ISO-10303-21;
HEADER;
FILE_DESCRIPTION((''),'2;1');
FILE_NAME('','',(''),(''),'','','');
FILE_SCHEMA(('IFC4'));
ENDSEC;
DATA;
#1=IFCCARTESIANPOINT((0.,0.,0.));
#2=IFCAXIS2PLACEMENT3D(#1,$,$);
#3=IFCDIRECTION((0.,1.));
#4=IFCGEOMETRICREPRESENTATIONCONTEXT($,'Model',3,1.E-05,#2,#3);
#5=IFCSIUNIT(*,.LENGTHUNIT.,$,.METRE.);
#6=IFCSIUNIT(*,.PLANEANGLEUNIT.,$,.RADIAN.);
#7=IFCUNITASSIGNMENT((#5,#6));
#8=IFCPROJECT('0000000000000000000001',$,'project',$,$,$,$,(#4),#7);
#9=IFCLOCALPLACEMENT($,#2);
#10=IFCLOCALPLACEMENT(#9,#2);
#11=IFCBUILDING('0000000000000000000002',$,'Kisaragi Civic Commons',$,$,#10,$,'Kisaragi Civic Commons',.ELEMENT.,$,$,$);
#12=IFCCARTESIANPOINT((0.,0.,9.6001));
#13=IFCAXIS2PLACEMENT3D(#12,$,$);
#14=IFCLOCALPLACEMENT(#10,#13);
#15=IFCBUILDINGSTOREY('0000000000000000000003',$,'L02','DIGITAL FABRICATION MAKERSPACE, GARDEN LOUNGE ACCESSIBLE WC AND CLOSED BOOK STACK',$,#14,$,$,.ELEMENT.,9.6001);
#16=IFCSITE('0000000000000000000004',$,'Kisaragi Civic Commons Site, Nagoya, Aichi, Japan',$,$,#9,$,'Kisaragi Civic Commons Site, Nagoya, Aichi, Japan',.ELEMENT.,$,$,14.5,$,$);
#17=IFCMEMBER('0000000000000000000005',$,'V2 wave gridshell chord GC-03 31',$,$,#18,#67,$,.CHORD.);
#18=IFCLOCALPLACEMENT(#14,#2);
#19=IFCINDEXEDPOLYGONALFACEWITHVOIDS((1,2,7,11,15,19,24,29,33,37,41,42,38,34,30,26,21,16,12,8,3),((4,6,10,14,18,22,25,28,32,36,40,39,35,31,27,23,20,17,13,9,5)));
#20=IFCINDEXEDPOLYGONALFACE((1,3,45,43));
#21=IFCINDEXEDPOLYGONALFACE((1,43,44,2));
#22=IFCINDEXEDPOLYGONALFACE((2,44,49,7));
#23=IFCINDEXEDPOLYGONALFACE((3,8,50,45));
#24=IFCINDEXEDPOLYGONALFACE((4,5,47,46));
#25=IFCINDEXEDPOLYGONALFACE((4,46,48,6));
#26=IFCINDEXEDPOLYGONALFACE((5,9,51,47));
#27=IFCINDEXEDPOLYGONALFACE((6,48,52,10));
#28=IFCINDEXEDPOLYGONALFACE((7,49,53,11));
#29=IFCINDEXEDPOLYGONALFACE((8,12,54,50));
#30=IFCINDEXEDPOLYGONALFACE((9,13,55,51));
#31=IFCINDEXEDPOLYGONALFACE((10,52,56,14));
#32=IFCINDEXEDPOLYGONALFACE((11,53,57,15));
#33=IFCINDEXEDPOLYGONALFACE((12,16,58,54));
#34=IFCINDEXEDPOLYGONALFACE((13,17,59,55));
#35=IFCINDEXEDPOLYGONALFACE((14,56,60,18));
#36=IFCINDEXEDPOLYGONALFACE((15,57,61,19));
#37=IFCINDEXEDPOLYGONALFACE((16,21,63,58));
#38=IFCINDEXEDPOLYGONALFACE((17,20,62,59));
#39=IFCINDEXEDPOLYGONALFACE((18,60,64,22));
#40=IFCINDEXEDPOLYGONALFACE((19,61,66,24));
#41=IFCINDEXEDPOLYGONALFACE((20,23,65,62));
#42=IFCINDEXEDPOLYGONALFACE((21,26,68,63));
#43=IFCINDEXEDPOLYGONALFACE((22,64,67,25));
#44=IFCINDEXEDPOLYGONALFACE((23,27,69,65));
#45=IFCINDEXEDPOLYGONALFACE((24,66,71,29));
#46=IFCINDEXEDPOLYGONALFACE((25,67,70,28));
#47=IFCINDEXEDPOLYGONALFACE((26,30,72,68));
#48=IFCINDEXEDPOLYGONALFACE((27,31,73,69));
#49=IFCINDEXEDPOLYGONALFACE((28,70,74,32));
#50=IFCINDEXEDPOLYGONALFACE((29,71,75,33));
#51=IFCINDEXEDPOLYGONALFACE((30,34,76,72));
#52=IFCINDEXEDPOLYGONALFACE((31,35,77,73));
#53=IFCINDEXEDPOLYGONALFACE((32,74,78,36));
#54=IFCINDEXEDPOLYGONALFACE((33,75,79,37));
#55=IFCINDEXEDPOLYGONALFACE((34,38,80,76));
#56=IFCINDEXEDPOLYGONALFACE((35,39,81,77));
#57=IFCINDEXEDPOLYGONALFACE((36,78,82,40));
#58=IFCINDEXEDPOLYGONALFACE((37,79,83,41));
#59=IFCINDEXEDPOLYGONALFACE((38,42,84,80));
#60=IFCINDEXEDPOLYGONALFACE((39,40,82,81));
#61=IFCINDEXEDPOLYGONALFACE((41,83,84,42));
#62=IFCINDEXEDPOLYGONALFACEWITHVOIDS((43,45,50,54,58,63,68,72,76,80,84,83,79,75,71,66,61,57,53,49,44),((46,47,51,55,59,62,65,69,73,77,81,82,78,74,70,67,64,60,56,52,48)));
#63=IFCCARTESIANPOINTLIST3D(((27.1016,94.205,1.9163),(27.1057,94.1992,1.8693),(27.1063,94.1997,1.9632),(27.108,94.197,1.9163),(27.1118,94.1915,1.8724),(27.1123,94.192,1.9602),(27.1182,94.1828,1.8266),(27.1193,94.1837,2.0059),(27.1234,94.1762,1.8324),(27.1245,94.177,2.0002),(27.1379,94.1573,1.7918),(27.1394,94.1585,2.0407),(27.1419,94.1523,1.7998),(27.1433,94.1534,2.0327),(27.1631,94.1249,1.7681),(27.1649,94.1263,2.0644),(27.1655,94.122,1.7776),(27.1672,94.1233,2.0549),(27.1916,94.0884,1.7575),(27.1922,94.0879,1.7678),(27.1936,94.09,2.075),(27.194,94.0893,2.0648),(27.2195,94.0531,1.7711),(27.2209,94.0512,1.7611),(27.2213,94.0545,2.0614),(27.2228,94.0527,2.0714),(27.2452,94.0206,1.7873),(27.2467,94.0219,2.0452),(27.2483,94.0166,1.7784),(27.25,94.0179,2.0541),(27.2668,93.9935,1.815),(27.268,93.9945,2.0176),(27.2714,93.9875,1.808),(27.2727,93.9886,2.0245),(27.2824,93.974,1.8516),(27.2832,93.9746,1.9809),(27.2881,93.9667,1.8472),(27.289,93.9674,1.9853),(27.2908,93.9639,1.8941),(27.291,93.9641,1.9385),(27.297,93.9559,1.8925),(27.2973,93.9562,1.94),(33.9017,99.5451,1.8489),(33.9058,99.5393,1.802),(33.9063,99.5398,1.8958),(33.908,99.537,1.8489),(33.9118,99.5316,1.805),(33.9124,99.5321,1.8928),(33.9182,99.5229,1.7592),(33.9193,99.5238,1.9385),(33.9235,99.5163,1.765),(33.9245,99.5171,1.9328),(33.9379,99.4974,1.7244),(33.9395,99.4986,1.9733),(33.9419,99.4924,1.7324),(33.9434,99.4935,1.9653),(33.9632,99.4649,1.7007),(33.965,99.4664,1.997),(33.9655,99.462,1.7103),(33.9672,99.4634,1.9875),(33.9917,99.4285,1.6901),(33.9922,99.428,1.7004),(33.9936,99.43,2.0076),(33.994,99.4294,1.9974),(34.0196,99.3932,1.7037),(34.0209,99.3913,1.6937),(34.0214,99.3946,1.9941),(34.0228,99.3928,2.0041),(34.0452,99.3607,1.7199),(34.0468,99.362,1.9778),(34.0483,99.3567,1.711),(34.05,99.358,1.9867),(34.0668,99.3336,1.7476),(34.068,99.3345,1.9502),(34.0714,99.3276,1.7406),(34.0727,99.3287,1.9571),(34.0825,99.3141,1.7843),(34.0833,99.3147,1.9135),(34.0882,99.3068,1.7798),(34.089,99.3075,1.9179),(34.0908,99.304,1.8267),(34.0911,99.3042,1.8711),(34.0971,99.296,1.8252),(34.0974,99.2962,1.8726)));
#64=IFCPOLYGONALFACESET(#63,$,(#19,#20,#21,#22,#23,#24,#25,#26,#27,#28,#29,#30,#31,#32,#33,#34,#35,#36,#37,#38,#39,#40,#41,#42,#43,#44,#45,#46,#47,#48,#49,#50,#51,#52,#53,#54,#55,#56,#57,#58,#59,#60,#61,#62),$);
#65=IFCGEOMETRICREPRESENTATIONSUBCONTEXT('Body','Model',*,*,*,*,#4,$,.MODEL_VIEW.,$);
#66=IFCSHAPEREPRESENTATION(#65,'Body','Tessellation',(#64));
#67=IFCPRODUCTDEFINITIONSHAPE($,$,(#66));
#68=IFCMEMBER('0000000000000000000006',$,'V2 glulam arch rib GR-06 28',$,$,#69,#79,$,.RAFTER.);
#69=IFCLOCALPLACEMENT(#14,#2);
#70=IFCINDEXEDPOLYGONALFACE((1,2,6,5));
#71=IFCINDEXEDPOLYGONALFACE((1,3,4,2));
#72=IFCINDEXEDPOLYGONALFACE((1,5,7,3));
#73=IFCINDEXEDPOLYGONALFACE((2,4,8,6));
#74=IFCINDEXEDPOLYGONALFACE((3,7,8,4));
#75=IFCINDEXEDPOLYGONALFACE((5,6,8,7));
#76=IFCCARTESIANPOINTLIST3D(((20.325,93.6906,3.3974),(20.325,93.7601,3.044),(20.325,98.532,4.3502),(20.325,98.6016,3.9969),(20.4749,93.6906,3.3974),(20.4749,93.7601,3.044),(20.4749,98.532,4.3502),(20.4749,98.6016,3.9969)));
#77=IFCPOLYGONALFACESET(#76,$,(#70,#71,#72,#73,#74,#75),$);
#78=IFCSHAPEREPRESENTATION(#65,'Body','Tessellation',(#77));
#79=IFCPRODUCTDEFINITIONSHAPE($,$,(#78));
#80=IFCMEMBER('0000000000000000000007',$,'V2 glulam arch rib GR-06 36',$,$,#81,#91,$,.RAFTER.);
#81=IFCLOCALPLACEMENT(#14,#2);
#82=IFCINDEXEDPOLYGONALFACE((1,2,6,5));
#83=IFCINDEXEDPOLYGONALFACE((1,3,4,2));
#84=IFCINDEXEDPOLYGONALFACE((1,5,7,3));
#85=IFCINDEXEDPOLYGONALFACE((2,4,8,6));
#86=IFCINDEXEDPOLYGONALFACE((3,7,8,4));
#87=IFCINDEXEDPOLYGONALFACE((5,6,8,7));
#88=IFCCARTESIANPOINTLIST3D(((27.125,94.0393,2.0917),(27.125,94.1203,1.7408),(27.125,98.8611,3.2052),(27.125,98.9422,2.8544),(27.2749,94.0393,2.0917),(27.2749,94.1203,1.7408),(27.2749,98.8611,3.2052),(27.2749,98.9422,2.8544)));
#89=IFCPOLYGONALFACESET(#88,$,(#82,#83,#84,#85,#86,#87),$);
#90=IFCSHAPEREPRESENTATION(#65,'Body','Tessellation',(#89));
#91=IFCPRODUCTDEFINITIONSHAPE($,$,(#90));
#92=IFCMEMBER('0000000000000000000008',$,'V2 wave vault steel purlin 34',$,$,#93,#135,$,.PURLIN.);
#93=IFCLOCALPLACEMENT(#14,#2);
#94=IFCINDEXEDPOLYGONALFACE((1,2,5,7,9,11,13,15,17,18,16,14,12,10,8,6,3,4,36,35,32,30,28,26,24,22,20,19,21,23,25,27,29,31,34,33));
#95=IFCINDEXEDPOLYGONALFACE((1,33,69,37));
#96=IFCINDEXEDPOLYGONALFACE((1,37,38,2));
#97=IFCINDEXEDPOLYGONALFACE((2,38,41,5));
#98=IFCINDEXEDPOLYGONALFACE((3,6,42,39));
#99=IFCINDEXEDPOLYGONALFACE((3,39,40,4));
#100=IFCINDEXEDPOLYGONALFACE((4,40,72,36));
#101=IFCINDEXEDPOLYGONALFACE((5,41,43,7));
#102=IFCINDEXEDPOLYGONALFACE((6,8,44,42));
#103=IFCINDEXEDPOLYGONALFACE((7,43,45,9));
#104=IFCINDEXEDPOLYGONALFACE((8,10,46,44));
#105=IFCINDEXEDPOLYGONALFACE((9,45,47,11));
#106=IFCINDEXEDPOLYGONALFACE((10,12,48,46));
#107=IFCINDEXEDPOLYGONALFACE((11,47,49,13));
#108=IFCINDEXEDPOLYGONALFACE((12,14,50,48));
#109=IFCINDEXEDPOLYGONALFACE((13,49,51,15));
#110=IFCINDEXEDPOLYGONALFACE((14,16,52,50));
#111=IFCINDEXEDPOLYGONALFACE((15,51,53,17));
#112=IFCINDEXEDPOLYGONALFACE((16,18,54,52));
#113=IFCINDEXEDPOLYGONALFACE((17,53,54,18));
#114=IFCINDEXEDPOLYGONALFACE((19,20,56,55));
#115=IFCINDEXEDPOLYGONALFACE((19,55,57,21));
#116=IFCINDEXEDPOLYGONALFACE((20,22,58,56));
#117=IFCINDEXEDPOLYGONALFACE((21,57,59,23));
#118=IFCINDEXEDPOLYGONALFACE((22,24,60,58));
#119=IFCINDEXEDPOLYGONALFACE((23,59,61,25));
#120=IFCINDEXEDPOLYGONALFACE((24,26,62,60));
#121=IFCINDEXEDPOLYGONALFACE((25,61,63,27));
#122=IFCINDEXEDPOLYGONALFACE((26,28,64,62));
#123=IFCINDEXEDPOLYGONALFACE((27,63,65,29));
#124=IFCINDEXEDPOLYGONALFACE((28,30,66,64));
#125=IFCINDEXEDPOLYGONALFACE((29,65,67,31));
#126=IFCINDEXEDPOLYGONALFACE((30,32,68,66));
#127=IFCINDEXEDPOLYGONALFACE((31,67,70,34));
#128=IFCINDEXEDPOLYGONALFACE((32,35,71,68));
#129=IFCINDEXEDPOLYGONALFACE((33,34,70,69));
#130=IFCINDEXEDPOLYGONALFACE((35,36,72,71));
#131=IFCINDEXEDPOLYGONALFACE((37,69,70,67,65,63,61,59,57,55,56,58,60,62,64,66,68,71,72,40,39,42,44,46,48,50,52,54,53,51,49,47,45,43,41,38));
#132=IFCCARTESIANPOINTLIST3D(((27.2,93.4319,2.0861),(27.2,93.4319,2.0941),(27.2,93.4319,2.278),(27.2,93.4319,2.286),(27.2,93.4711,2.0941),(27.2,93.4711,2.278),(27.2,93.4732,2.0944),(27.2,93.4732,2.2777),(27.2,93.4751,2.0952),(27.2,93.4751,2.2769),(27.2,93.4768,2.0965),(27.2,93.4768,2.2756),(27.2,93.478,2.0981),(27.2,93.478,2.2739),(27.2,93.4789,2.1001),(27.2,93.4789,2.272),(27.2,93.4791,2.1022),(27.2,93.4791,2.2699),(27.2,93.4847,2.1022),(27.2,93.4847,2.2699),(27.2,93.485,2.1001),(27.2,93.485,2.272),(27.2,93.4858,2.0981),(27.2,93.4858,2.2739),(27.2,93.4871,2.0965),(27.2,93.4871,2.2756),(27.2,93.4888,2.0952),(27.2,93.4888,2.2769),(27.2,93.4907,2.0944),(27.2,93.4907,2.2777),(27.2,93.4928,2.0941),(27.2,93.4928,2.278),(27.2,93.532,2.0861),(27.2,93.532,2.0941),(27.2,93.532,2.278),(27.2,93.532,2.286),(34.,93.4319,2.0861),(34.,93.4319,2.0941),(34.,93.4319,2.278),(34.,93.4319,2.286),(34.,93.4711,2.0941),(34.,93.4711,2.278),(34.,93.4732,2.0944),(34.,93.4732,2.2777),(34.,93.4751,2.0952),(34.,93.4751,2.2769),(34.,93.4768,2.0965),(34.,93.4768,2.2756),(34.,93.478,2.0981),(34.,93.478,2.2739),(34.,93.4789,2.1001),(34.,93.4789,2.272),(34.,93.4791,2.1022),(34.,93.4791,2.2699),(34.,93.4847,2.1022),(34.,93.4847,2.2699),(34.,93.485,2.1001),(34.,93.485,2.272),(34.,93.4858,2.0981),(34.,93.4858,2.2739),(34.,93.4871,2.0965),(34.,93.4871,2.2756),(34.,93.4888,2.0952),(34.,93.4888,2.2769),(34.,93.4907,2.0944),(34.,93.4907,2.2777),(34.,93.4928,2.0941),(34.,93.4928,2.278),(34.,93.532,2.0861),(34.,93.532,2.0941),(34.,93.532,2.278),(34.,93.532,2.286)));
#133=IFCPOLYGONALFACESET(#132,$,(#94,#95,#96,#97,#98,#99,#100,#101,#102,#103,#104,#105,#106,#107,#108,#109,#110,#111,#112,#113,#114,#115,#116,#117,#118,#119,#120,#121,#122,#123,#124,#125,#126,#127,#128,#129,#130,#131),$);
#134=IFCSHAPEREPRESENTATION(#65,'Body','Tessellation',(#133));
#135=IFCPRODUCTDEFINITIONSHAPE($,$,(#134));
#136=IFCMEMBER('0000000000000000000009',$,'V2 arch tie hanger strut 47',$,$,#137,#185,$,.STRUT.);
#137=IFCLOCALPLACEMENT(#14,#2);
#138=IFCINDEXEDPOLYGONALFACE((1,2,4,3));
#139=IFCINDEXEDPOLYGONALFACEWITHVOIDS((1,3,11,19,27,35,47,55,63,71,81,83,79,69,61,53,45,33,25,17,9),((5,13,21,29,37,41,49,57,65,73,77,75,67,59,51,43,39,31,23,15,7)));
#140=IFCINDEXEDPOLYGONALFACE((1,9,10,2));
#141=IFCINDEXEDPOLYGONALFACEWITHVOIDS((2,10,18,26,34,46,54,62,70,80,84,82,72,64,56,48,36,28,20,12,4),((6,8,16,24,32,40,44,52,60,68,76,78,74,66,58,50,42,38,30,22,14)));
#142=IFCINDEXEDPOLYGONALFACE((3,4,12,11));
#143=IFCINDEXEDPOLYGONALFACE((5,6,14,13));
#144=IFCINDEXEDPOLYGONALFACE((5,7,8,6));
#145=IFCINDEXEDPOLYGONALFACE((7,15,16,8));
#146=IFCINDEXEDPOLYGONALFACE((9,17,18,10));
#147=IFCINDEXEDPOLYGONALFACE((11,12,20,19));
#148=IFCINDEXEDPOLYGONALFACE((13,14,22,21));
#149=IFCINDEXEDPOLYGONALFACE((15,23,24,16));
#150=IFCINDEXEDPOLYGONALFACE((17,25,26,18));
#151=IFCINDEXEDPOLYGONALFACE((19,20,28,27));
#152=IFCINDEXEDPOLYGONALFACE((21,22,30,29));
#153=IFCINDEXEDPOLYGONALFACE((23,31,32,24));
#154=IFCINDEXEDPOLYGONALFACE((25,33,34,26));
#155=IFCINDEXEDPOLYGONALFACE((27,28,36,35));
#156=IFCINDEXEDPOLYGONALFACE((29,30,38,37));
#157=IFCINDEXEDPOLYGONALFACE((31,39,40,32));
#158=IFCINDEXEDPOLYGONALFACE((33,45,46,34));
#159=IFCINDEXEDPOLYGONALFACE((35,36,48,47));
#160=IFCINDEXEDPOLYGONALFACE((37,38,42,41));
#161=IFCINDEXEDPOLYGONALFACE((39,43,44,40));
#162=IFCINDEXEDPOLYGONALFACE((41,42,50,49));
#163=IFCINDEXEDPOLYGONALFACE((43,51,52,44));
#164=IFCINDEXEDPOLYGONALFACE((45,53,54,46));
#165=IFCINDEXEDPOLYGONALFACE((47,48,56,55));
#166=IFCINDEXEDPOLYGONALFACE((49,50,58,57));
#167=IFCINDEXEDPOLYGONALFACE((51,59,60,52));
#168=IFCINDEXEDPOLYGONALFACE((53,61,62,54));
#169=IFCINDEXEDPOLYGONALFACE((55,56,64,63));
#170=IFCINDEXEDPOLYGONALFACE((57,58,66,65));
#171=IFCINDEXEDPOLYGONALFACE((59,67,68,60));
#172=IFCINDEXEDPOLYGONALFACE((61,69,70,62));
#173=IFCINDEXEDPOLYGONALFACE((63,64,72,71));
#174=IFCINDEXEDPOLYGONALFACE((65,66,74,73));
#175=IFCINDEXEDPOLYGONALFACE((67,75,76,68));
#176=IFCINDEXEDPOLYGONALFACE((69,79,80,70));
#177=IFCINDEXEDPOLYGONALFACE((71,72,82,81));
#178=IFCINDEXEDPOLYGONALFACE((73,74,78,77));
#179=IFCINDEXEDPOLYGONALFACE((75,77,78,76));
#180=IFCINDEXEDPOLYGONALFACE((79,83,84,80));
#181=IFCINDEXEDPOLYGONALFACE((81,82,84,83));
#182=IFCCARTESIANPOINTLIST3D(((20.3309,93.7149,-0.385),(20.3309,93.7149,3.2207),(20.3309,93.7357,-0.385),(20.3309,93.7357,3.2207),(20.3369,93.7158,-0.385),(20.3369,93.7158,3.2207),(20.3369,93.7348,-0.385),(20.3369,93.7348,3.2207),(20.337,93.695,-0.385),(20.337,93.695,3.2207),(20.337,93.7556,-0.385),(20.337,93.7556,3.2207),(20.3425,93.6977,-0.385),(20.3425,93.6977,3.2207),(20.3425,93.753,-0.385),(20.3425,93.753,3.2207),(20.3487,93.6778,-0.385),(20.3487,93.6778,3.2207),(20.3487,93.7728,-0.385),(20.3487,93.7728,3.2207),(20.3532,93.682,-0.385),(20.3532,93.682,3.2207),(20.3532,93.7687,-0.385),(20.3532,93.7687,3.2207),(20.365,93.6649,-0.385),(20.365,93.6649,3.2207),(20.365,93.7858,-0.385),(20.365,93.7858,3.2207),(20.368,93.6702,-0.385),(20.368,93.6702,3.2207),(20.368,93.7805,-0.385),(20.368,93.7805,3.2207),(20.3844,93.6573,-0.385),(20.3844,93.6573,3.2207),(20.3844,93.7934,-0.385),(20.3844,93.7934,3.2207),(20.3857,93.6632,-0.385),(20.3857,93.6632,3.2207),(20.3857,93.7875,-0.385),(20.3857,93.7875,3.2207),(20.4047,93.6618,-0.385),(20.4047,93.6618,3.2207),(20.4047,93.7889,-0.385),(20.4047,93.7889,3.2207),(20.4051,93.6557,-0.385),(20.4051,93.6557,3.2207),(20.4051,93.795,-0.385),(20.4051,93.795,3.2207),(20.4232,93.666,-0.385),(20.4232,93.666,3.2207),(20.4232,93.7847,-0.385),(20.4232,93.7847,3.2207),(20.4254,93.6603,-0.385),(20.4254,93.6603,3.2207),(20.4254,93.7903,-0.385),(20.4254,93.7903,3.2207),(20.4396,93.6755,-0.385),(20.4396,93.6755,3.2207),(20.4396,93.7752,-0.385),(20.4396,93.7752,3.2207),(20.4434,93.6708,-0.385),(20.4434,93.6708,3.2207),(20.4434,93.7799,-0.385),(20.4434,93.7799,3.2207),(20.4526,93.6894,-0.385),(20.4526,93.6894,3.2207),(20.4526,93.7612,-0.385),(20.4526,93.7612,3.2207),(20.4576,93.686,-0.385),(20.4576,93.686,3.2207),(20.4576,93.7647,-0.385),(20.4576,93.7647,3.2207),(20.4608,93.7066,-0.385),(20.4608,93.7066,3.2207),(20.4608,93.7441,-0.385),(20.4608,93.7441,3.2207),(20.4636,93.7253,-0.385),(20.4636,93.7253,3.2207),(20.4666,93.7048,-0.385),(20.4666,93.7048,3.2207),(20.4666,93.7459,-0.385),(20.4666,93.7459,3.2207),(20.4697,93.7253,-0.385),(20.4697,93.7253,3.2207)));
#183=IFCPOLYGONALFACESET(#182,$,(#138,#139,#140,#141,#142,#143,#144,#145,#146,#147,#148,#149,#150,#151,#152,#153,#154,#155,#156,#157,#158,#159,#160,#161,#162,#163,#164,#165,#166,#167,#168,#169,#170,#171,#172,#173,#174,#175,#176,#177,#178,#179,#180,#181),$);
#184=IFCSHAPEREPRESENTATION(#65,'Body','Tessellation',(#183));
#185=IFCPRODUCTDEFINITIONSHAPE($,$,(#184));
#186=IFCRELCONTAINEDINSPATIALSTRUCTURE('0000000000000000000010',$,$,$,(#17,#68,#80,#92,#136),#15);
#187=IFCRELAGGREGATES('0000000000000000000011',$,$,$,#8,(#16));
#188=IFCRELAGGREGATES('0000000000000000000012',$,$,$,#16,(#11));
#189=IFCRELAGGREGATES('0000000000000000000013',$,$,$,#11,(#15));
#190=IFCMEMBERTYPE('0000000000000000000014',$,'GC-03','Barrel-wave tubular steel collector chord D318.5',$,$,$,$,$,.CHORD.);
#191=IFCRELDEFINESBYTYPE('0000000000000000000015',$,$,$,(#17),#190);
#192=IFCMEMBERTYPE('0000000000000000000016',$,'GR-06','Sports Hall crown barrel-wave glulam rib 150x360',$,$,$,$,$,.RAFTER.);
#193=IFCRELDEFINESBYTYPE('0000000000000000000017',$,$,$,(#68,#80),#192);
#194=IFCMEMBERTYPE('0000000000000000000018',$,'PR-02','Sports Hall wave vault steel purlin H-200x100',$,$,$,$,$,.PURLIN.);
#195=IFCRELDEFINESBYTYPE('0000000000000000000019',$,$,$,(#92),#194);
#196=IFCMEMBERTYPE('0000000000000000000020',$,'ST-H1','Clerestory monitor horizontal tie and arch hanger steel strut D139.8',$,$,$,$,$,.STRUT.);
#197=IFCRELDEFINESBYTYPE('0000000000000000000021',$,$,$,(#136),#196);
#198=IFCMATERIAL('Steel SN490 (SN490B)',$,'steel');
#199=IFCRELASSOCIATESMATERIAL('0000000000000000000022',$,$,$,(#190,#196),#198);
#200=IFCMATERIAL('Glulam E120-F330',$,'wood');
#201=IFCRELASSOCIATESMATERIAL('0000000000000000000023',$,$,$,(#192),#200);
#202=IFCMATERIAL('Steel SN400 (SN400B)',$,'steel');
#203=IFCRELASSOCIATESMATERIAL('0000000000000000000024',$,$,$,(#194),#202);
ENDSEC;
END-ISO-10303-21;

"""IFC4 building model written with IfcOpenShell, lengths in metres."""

from ifc_helpers import new_model, si_unit, direction, frame, origin, origin_2d, place, context, subcontext, project, spatial, rectangle, hollow_circle, i_section, extrude, material, material_profile, profile_set, type_object, element, save


model = new_model("IFC4")

# Units and contexts
model_context = context("Model", 3, precision=1e-05, world=origin(), true_north=direction((0.0, 1.0)))
body_context = subcontext(model_context, "Body", "Model", "MODEL_VIEW")
ifc_project = project(units=[si_unit("LENGTHUNIT", "METRE"), si_unit("PLANEANGLEUNIT", "RADIAN")], contexts=[model_context])

# Site, building, storey
site_placement = place(None, origin())
site = spatial("IfcSite", under=ifc_project, at=site_placement, Name="Kisaragi Civic Commons Site, Nagoya, Aichi, Japan", LongName="Kisaragi Civic Commons Site, Nagoya, Aichi, Japan", CompositionType="ELEMENT", RefElevation=14.5)
building_placement = place(site_placement, origin())
building = spatial("IfcBuilding", under=site, at=building_placement, Name="Kisaragi Civic Commons", LongName="Kisaragi Civic Commons", CompositionType="ELEMENT")
storey_placement = place(building_placement, frame((0.0, 0.0, 9.6001)))
storey = spatial("IfcBuildingStorey", under=building, at=storey_placement, Name="L02", Description="DIGITAL FABRICATION MAKERSPACE, GARDEN LOUNGE ACCESSIBLE WC AND CLOSED BOOK STACK", CompositionType="ELEMENT", Elevation=9.6001)

# Members
ifc_material_1 = material(Name="Steel SN490 (SN490B)", Category="steel")
ifc_material_profile_1 = material_profile(ifc_material_1, hollow_circle(Radius=0.1592, WallThickness=0.0103, at=origin_2d()), Name="CHS-318.5x10.3", Category="steel")
ifc_profile_set_1 = profile_set([ifc_material_profile_1], Name="Steel SN490 (SN490B)")
member_type_1 = type_object("IfcMemberType", Name="GC-03", Description="Barrel-wave tubular steel collector chord D318.5", PredefinedType="CHORD", material=ifc_profile_set_1)
member_1_placement = place(storey_placement, frame((27.2, 94.0798, 1.9163), z_axis=(0.786452, 0.617602, -0.007793), x_axis=(-0.617621, 0.786476, 0.0)))
element("IfcMember", 1, at=member_1_placement, inside=storey, type_object=member_type_1, Name="V2 wave gridshell chord GC-03 31", PredefinedType="CHORD", context=body_context, shape_type="SweptSolid", body=[
    extrude(hollow_circle(Radius=0.1592, WallThickness=0.0103, at=origin_2d()), origin(), (0.0, 0.0, 1.0), 8.6465),
])
ifc_material_2 = material(Name="Glulam E120-F330", Category="wood")
ifc_material_profile_2 = material_profile(ifc_material_2, rectangle(XDim=0.1499, YDim=0.3601, at=origin_2d()), Name="GL-150x360", Category="wood")
ifc_profile_set_2 = profile_set([ifc_material_profile_2], Name="Glulam E120-F330")
member_type_2 = type_object("IfcMemberType", Name="GR-06", Description="Sports Hall crown barrel-wave glulam rib 150x360", PredefinedType="RAFTER", material=ifc_profile_set_2)
member_2_placement = place(storey_placement, frame((20.3999, 93.7253, 3.2207), z_axis=(0.0, 0.981177, 0.193109), x_axis=(-1.0, 0.0, 0.0)))
element("IfcMember", 2, at=member_2_placement, inside=storey, type_object=member_type_2, Name="V2 glulam arch rib GR-06 28", PredefinedType="RAFTER", context=body_context, shape_type="SweptSolid", body=[
    extrude(rectangle(XDim=0.1499, YDim=0.3601, at=origin_2d()), origin(), (0.0, 0.0, 1.0), 4.9343),
])
member_3_placement = place(storey_placement, frame((27.2, 94.0798, 1.9163), z_axis=(0.0, 0.974355, 0.225014), x_axis=(-1.0, 0.0, 0.0)))
element("IfcMember", 3, at=member_3_placement, inside=storey, type_object=member_type_2, Name="V2 glulam arch rib GR-06 36", PredefinedType="RAFTER", context=body_context, shape_type="SweptSolid", body=[
    extrude(rectangle(XDim=0.1499, YDim=0.3601, at=origin_2d()), origin(), (0.0, 0.0, 1.0), 4.9487),
])
ifc_material_3 = material(Name="Steel SN400 (SN400B)", Category="steel")
ifc_material_profile_3 = material_profile(ifc_material_3, i_section(OverallWidth=0.1001, OverallDepth=0.2, WebThickness=0.0056, FlangeThickness=0.0081, FilletRadius=0.0081, at=origin_2d()), Name="H-200x100x5.5x8", Category="steel")
ifc_profile_set_3 = profile_set([ifc_material_profile_3], Name="Steel SN400 (SN400B)")
member_type_3 = type_object("IfcMemberType", Name="PR-02", Description="Sports Hall wave vault steel purlin H-200x100", PredefinedType="PURLIN", material=ifc_profile_set_3)
member_4_placement = place(storey_placement, frame((27.2, 93.4819, 2.186), z_axis=(1.0, 0.0, 0.0), x_axis=(0.0, 1.0, 0.0)))
element("IfcMember", 4, at=member_4_placement, inside=storey, type_object=member_type_3, Name="V2 wave vault steel purlin 34", PredefinedType="PURLIN", context=body_context, shape_type="SweptSolid", body=[
    extrude(i_section(OverallWidth=0.1001, OverallDepth=0.2, WebThickness=0.0056, FlangeThickness=0.0081, FilletRadius=0.0081, at=origin_2d()), origin(), (0.0, 0.0, 1.0), 6.8),
])
ifc_material_profile_4 = material_profile(ifc_material_1, hollow_circle(Radius=0.0698, WallThickness=0.0061, at=origin_2d()), Name="CHS-139.8x6.0", Category="steel")
ifc_profile_set_4 = profile_set([ifc_material_profile_4], Name="Steel SN490 (SN490B)")
member_type_4 = type_object("IfcMemberType", Name="ST-H1", Description="Clerestory monitor horizontal tie and arch hanger steel strut D139.8", PredefinedType="STRUT", material=ifc_profile_set_4)
member_5_placement = place(storey_placement, frame((20.3999, 93.7253, -0.385), z_axis=(0.0, 0.0, 1.0), x_axis=(1.0, 0.0, 0.0)))
element("IfcMember", 5, at=member_5_placement, inside=storey, type_object=member_type_4, Name="V2 arch tie hanger strut 47", PredefinedType="STRUT", context=body_context, shape_type="SweptSolid", body=[
    extrude(hollow_circle(Radius=0.0698, WallThickness=0.0061, at=origin_2d()), origin(), (0.0, 0.0, 1.0), 3.6057),
])

save(model, "model.ifc")
